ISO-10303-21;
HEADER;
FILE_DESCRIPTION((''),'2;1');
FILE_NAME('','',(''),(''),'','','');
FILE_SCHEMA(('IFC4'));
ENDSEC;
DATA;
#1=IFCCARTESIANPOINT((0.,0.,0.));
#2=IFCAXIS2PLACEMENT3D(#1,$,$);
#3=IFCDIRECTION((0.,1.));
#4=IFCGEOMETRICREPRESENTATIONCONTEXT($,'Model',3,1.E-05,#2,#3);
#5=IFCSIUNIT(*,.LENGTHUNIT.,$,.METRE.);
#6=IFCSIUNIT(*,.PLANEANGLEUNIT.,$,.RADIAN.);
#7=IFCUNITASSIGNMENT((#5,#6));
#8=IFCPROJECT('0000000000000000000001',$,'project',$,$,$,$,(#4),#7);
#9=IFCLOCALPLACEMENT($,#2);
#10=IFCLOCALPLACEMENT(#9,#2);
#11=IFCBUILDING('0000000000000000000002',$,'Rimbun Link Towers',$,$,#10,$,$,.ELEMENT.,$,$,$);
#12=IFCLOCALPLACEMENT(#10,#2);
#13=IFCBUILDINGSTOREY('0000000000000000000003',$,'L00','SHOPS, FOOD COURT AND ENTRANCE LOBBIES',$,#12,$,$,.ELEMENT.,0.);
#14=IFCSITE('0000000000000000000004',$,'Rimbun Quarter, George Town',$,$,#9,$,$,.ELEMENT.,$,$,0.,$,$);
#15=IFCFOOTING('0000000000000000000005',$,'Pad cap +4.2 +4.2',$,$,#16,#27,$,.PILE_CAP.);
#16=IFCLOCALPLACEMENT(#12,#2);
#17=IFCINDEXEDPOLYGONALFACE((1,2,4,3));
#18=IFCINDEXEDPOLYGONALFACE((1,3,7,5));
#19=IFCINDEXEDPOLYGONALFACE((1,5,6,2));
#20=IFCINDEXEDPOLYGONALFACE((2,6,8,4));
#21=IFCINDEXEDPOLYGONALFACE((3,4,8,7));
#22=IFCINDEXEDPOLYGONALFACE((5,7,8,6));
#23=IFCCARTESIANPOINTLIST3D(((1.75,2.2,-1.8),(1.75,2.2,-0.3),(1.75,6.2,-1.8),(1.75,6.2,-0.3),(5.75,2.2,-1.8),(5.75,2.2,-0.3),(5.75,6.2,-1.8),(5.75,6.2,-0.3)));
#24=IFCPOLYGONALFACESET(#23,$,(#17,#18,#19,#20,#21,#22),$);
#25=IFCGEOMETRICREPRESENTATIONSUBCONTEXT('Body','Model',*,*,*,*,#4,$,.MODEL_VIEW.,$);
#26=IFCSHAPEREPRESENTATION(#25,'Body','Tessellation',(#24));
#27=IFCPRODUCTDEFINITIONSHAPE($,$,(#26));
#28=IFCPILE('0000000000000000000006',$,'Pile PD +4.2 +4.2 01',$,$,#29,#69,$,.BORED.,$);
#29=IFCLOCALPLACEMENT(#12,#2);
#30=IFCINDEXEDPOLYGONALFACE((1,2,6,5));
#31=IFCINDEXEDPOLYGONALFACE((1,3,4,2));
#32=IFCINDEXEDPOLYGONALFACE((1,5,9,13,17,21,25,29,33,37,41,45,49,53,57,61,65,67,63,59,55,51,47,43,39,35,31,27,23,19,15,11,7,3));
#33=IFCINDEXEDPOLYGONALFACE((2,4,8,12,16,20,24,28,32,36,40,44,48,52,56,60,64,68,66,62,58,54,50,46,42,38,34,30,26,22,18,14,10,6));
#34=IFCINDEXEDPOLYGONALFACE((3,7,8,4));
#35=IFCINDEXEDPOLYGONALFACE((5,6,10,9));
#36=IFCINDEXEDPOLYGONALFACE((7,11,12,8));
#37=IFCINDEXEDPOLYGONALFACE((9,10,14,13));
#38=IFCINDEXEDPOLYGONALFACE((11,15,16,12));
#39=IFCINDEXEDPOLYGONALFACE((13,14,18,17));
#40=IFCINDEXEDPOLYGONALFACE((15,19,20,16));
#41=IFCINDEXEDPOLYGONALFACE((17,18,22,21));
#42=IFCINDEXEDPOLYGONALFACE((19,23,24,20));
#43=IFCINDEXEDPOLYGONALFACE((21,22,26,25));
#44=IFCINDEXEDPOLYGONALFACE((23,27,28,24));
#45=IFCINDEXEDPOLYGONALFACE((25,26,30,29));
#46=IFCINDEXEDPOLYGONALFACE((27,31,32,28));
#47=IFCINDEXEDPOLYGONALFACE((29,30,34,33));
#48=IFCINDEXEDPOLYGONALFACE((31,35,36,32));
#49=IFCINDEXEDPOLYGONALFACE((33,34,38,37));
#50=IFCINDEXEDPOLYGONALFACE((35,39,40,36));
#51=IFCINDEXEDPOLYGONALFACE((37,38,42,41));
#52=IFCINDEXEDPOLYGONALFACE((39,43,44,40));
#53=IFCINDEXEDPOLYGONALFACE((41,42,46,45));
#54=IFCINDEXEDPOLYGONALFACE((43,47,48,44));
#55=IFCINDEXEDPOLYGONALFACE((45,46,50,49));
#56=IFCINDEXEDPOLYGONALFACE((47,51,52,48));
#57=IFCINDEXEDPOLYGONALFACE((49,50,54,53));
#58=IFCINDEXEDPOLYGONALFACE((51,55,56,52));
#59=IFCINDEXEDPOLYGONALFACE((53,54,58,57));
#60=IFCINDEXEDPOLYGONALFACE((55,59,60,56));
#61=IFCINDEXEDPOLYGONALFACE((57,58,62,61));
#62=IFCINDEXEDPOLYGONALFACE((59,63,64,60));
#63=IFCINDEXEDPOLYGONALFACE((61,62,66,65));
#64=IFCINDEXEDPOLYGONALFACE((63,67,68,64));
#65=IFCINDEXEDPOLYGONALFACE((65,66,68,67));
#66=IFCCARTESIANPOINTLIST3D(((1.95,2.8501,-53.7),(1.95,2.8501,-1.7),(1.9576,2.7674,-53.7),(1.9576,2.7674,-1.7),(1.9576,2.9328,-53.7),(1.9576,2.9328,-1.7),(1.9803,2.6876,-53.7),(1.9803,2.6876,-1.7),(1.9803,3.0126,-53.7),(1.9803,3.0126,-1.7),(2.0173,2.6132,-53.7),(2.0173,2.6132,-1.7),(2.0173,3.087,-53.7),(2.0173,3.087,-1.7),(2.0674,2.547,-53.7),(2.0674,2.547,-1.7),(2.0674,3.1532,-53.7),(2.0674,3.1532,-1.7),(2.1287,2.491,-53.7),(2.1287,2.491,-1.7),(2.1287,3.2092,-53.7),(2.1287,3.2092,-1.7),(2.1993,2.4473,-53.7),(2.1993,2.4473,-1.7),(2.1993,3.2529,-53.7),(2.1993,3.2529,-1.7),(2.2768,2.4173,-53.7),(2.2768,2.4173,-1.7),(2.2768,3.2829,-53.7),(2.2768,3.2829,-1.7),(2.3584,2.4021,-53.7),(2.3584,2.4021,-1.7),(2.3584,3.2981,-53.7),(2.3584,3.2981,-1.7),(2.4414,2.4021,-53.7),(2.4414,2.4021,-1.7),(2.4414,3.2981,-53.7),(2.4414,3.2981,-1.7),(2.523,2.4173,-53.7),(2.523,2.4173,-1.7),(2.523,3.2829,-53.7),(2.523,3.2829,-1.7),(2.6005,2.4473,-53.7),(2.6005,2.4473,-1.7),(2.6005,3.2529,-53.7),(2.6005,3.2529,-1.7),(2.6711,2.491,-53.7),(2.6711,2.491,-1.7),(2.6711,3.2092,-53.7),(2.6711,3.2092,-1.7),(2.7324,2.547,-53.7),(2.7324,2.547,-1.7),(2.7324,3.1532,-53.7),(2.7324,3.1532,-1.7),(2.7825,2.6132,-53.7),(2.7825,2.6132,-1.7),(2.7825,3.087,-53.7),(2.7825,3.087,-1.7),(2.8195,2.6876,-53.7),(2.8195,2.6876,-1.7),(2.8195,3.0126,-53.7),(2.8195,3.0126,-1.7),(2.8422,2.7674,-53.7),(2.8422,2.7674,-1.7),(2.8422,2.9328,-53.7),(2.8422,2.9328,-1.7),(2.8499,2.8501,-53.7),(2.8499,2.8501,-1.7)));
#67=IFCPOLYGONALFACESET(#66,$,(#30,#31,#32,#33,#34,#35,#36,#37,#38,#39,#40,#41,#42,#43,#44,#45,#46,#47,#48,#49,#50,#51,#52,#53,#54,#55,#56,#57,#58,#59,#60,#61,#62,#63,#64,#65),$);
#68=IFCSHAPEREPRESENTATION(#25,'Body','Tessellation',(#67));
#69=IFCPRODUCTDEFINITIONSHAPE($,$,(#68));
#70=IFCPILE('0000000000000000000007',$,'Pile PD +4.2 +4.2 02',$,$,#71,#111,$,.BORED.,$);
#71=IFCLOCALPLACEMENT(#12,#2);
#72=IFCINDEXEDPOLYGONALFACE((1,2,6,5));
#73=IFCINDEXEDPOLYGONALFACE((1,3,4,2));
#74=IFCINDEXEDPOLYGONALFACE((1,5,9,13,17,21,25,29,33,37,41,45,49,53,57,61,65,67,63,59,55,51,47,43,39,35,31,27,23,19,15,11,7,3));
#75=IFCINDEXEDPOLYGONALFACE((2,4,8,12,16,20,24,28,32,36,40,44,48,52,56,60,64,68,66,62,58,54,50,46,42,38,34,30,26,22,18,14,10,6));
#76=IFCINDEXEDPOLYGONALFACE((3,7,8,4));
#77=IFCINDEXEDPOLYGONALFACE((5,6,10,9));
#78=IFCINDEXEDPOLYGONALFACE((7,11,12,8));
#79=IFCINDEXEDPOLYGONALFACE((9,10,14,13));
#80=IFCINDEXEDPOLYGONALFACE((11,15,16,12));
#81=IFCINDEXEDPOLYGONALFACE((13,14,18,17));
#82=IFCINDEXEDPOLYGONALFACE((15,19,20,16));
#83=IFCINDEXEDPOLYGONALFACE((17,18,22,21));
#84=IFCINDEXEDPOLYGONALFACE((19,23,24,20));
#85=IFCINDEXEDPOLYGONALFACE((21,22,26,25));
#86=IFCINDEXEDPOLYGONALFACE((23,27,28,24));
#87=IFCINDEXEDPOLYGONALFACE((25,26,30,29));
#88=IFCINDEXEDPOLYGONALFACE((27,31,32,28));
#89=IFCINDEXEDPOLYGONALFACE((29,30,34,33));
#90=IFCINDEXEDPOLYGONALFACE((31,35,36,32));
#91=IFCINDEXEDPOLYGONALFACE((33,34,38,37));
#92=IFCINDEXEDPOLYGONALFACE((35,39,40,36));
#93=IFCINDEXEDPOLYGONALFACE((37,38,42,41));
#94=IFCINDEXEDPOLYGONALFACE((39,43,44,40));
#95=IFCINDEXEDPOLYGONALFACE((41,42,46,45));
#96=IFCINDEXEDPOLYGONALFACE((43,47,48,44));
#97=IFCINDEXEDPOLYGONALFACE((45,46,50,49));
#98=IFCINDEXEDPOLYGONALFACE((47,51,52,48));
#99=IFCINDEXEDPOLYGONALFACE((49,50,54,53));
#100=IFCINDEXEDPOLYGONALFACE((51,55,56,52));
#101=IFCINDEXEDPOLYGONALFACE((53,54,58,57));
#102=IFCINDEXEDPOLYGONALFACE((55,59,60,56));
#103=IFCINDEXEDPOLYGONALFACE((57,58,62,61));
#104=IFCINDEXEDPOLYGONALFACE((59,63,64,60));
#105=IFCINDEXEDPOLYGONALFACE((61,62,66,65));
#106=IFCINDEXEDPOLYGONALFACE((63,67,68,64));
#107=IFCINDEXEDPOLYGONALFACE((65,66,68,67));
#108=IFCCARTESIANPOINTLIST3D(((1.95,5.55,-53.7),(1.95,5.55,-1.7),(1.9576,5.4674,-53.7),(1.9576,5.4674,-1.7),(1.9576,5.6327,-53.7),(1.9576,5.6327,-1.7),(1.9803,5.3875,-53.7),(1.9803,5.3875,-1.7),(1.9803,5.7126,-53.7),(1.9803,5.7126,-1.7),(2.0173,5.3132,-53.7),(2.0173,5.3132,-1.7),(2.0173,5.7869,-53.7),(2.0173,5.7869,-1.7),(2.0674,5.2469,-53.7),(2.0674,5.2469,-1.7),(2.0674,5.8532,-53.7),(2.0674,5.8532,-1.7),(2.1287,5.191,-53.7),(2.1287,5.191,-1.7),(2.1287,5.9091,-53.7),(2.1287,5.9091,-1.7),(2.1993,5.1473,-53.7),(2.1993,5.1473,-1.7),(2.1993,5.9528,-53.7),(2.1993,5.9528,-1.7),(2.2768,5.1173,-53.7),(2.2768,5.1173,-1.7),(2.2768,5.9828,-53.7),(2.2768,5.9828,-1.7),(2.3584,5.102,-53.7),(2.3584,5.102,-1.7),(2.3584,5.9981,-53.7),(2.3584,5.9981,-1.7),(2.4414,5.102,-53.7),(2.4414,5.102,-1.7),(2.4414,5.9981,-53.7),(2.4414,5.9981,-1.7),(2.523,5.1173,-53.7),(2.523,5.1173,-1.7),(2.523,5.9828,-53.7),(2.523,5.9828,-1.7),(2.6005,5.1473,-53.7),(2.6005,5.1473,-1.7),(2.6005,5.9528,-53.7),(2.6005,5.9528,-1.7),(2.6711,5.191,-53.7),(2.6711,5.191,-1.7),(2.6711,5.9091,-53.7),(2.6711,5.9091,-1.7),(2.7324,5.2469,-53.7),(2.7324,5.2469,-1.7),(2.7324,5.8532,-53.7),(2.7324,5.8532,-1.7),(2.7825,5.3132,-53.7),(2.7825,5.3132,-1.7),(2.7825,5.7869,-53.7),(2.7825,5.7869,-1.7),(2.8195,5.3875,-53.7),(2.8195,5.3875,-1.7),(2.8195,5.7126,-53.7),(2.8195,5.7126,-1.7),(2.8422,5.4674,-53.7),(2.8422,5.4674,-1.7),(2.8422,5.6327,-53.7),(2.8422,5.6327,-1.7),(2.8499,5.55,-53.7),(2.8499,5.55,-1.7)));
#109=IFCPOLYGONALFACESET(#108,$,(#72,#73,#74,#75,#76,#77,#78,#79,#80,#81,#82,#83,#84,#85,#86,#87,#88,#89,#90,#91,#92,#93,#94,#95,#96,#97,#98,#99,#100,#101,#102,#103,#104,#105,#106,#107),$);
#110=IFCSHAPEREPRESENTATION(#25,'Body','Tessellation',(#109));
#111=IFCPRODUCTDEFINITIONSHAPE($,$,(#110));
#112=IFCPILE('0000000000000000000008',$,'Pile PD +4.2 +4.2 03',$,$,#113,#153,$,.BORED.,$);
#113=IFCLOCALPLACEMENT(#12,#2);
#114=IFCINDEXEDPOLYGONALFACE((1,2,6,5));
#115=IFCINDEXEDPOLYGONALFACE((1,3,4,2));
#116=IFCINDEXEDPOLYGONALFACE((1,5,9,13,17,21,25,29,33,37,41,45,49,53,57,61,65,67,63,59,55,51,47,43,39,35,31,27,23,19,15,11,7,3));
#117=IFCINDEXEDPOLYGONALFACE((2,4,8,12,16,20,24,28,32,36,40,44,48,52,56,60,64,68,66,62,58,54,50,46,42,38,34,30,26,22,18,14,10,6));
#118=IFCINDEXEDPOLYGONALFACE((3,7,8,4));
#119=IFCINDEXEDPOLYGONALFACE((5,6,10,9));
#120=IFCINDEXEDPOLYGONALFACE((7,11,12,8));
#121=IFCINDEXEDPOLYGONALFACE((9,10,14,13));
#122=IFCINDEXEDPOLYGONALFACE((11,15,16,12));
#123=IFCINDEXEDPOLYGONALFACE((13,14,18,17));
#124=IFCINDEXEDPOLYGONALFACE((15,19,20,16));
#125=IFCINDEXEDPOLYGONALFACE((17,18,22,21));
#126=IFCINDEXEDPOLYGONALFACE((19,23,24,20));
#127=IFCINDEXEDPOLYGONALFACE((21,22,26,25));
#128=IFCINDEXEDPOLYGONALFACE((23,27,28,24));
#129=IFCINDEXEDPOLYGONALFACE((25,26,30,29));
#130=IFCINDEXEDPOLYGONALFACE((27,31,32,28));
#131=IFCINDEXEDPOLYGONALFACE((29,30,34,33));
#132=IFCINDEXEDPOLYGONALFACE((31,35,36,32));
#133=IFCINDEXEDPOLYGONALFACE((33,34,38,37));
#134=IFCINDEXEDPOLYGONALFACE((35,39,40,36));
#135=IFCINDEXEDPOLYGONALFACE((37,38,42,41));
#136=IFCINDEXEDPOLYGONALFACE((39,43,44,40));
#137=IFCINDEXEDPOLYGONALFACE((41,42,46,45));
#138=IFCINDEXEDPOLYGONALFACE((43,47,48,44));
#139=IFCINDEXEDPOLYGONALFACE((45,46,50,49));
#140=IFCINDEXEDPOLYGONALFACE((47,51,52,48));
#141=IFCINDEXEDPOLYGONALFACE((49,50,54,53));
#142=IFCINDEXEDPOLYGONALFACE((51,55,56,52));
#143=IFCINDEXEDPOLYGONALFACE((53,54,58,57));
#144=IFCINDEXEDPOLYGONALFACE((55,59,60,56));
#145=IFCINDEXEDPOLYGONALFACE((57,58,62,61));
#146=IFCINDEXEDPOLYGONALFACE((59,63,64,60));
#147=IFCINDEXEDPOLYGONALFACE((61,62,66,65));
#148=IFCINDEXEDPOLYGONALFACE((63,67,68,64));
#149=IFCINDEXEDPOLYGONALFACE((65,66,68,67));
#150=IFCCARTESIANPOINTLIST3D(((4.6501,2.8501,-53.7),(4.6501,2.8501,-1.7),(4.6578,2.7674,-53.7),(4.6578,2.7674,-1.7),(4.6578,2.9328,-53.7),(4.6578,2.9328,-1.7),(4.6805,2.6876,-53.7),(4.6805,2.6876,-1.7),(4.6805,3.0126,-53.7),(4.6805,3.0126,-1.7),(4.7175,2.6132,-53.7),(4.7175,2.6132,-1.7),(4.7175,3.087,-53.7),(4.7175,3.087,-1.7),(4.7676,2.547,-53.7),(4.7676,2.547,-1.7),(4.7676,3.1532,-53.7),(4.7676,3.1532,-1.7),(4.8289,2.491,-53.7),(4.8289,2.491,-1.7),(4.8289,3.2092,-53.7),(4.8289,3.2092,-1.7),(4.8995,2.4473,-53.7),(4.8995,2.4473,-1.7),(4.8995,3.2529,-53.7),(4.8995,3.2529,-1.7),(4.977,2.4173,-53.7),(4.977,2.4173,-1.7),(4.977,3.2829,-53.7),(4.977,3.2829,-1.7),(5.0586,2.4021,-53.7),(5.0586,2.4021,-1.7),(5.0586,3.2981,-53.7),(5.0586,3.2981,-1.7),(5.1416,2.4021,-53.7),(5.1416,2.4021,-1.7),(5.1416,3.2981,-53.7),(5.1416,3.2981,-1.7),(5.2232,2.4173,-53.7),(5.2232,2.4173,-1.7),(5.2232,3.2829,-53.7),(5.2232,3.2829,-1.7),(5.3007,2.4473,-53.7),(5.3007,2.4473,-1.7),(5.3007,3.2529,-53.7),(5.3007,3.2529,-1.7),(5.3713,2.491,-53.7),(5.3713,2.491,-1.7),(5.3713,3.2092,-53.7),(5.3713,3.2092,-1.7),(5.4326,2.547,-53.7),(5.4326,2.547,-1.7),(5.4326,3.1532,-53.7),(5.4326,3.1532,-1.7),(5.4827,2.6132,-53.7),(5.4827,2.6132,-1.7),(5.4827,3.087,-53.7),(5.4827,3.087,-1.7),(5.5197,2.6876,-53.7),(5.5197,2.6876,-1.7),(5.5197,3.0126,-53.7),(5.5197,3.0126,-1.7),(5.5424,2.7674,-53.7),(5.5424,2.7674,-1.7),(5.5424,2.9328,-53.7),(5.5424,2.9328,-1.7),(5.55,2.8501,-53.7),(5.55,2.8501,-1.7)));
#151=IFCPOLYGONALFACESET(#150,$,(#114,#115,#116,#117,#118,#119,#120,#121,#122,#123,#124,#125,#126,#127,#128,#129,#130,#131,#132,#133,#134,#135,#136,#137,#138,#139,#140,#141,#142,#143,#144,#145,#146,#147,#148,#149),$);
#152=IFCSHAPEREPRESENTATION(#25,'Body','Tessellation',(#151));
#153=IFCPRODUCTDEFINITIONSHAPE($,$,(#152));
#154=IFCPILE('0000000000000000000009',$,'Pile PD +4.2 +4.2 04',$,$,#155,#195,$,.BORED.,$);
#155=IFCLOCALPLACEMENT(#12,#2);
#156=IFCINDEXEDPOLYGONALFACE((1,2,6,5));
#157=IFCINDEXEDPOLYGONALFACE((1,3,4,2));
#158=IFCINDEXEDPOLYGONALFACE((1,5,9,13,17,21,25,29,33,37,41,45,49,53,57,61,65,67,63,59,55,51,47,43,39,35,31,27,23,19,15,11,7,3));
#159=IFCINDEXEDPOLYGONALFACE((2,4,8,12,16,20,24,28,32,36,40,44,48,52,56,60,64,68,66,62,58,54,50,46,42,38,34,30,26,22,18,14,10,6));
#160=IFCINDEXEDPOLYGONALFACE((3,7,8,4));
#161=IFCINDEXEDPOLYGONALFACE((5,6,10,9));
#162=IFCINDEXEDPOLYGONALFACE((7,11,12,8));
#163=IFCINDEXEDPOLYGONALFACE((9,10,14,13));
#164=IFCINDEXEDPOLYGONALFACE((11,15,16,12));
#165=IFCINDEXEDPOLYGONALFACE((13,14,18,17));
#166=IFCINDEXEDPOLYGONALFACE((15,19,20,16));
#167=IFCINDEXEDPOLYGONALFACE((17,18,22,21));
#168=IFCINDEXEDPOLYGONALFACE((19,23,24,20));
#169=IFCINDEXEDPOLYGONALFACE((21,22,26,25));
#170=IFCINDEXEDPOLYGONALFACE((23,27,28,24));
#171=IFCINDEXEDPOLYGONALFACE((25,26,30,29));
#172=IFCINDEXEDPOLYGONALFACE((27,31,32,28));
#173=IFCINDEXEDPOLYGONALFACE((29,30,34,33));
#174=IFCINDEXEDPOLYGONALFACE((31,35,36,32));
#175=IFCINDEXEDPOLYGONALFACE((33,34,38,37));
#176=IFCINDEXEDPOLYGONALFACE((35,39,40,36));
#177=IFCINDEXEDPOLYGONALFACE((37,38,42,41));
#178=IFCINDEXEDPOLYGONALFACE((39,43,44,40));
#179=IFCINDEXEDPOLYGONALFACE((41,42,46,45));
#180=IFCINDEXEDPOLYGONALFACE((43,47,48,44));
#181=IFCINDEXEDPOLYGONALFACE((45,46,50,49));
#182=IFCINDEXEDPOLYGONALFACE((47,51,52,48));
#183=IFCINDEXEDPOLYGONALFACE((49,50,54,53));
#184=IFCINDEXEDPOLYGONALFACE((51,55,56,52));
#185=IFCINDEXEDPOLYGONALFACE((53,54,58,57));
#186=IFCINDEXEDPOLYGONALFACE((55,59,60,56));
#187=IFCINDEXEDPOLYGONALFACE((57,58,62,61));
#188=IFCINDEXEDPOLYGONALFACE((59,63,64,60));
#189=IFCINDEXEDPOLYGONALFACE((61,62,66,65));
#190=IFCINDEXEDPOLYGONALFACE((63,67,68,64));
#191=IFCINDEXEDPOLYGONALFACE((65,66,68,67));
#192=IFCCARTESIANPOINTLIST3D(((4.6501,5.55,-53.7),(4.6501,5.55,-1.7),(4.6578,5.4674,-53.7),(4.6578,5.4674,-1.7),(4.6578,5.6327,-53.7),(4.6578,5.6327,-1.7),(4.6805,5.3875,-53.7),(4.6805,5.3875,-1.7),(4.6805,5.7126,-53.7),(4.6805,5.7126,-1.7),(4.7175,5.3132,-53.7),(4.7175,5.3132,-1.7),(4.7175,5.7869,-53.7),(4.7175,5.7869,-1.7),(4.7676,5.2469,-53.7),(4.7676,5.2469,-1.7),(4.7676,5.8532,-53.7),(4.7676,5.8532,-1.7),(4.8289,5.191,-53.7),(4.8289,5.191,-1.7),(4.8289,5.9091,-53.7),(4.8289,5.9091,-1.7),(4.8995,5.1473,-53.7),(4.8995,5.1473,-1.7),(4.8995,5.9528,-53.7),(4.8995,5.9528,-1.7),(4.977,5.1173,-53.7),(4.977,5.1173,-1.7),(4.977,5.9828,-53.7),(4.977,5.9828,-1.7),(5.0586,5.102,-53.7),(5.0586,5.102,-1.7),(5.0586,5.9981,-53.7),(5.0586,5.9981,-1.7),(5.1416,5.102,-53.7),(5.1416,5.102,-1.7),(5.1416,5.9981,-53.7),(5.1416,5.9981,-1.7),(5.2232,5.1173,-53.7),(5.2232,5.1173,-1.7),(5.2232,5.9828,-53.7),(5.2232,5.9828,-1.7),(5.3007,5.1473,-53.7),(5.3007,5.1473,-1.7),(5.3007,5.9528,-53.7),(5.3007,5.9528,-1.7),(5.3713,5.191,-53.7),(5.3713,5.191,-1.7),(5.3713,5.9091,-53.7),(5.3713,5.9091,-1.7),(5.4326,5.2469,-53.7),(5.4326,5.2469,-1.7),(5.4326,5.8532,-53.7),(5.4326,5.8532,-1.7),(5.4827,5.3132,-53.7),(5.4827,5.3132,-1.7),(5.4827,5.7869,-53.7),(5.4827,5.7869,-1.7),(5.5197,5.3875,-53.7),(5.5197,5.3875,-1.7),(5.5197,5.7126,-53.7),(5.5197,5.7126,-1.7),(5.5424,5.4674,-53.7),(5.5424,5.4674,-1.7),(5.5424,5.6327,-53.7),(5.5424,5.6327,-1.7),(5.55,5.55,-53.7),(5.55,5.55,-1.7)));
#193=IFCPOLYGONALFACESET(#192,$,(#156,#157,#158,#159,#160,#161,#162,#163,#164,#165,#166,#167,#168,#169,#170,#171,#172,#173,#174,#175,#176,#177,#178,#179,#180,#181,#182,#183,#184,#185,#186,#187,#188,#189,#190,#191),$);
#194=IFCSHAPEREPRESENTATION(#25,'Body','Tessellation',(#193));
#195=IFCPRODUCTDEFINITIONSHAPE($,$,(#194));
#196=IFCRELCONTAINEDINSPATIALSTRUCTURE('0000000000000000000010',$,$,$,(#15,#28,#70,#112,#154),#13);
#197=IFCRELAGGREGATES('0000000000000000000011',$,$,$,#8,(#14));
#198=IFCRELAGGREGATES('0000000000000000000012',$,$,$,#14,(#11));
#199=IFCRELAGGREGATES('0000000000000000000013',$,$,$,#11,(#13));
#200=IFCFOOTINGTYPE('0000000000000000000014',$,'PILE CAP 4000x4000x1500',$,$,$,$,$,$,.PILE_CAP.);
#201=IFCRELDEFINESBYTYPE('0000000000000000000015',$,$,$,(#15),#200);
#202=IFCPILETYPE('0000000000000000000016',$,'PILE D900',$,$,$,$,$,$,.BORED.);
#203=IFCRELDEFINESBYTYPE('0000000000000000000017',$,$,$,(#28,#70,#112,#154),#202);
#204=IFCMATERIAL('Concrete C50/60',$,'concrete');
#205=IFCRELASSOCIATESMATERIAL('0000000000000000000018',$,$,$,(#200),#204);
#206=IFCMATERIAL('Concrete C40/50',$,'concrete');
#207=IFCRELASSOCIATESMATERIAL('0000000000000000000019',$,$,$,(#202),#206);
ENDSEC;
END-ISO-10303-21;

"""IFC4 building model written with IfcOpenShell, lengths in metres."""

from ifc_helpers import new_model, si_unit, direction, frame, origin, origin_2d, place, context, subcontext, project, spatial, rectangle, circle, extrude, material, material_profile, profile_set, type_object, element, save


model = new_model("IFC4")

# Units and contexts
model_context = context("Model", 3, precision=1e-05, world=origin(), true_north=direction((0.0, 1.0)))
body_context = subcontext(model_context, "Body", "Model", "MODEL_VIEW")
ifc_project = project(units=[si_unit("LENGTHUNIT", "METRE"), si_unit("PLANEANGLEUNIT", "RADIAN")], contexts=[model_context])

# Site, building, storey
site_placement = place(None, origin())
site = spatial("IfcSite", under=ifc_project, at=site_placement, Name="Rimbun Quarter, George Town", CompositionType="ELEMENT", RefElevation=0.0)
building_placement = place(site_placement, origin())
building = spatial("IfcBuilding", under=site, at=building_placement, Name="Rimbun Link Towers", CompositionType="ELEMENT")
storey_placement = place(building_placement, origin())
storey = spatial("IfcBuildingStorey", under=building, at=storey_placement, Name="L00", Description="SHOPS, FOOD COURT AND ENTRANCE LOBBIES", CompositionType="ELEMENT", Elevation=0.0)

# Footing
ifc_material_1 = material(Name="Concrete C50/60", Category="concrete")
footing_type = type_object("IfcFootingType", Name="PILE CAP 4000x4000x1500", PredefinedType="PILE_CAP", material=ifc_material_1)
footing_placement = place(storey_placement, frame((3.75, 4.2, -1.8), z_axis=(0.0, 0.0, 1.0), x_axis=(1.0, 0.0, 0.0)))
element("IfcFooting", 1, at=footing_placement, inside=storey, type_object=footing_type, Name="Pad cap +4.2 +4.2", PredefinedType="PILE_CAP", context=body_context, shape_type="SweptSolid", body=[
    extrude(rectangle(XDim=4.0, YDim=4.0, at=origin_2d()), origin(), (0.0, 0.0, 1.0), 1.5),
])

# Piles
ifc_material_2 = material(Name="Concrete C40/50", Category="concrete")
ifc_material_profile_1 = material_profile(ifc_material_2, circle(Radius=0.45, at=origin_2d()), Name="PILE D900")
ifc_profile_set_1 = profile_set([ifc_material_profile_1], Name="Concrete C40/50")
pile_type = type_object("IfcPileType", Name="PILE D900", PredefinedType="BORED", material=ifc_profile_set_1)
for number, where, z_axis, x_axis, name in (
    (2, (2.3999, 2.8501, -1.7), (0.0, 0.0, -1.0), (1.0, 0.0, 0.0), "Pile PD +4.2 +4.2 01"),
    (3, (2.3999, 5.55, -1.7), (0.0, 0.0, -1.0), (1.0, 0.0, 0.0), "Pile PD +4.2 +4.2 02"),
    (4, (5.1001, 2.8501, -1.7), (0.0, 0.0, -1.0), (1.0, 0.0, 0.0), "Pile PD +4.2 +4.2 03"),
    (5, (5.1001, 5.55, -1.7), (0.0, 0.0, -1.0), (1.0, 0.0, 0.0), "Pile PD +4.2 +4.2 04"),
):
    element("IfcPile", number, at=place(storey_placement, frame(where, z_axis=z_axis, x_axis=x_axis)), inside=storey, type_object=pile_type, Name=name, PredefinedType="BORED", context=body_context, shape_type="SweptSolid", body=[
        extrude(circle(Radius=0.45, at=origin_2d()), origin(), (0.0, 0.0, 1.0), 52.0),
    ])

save(model, "model.ifc")
